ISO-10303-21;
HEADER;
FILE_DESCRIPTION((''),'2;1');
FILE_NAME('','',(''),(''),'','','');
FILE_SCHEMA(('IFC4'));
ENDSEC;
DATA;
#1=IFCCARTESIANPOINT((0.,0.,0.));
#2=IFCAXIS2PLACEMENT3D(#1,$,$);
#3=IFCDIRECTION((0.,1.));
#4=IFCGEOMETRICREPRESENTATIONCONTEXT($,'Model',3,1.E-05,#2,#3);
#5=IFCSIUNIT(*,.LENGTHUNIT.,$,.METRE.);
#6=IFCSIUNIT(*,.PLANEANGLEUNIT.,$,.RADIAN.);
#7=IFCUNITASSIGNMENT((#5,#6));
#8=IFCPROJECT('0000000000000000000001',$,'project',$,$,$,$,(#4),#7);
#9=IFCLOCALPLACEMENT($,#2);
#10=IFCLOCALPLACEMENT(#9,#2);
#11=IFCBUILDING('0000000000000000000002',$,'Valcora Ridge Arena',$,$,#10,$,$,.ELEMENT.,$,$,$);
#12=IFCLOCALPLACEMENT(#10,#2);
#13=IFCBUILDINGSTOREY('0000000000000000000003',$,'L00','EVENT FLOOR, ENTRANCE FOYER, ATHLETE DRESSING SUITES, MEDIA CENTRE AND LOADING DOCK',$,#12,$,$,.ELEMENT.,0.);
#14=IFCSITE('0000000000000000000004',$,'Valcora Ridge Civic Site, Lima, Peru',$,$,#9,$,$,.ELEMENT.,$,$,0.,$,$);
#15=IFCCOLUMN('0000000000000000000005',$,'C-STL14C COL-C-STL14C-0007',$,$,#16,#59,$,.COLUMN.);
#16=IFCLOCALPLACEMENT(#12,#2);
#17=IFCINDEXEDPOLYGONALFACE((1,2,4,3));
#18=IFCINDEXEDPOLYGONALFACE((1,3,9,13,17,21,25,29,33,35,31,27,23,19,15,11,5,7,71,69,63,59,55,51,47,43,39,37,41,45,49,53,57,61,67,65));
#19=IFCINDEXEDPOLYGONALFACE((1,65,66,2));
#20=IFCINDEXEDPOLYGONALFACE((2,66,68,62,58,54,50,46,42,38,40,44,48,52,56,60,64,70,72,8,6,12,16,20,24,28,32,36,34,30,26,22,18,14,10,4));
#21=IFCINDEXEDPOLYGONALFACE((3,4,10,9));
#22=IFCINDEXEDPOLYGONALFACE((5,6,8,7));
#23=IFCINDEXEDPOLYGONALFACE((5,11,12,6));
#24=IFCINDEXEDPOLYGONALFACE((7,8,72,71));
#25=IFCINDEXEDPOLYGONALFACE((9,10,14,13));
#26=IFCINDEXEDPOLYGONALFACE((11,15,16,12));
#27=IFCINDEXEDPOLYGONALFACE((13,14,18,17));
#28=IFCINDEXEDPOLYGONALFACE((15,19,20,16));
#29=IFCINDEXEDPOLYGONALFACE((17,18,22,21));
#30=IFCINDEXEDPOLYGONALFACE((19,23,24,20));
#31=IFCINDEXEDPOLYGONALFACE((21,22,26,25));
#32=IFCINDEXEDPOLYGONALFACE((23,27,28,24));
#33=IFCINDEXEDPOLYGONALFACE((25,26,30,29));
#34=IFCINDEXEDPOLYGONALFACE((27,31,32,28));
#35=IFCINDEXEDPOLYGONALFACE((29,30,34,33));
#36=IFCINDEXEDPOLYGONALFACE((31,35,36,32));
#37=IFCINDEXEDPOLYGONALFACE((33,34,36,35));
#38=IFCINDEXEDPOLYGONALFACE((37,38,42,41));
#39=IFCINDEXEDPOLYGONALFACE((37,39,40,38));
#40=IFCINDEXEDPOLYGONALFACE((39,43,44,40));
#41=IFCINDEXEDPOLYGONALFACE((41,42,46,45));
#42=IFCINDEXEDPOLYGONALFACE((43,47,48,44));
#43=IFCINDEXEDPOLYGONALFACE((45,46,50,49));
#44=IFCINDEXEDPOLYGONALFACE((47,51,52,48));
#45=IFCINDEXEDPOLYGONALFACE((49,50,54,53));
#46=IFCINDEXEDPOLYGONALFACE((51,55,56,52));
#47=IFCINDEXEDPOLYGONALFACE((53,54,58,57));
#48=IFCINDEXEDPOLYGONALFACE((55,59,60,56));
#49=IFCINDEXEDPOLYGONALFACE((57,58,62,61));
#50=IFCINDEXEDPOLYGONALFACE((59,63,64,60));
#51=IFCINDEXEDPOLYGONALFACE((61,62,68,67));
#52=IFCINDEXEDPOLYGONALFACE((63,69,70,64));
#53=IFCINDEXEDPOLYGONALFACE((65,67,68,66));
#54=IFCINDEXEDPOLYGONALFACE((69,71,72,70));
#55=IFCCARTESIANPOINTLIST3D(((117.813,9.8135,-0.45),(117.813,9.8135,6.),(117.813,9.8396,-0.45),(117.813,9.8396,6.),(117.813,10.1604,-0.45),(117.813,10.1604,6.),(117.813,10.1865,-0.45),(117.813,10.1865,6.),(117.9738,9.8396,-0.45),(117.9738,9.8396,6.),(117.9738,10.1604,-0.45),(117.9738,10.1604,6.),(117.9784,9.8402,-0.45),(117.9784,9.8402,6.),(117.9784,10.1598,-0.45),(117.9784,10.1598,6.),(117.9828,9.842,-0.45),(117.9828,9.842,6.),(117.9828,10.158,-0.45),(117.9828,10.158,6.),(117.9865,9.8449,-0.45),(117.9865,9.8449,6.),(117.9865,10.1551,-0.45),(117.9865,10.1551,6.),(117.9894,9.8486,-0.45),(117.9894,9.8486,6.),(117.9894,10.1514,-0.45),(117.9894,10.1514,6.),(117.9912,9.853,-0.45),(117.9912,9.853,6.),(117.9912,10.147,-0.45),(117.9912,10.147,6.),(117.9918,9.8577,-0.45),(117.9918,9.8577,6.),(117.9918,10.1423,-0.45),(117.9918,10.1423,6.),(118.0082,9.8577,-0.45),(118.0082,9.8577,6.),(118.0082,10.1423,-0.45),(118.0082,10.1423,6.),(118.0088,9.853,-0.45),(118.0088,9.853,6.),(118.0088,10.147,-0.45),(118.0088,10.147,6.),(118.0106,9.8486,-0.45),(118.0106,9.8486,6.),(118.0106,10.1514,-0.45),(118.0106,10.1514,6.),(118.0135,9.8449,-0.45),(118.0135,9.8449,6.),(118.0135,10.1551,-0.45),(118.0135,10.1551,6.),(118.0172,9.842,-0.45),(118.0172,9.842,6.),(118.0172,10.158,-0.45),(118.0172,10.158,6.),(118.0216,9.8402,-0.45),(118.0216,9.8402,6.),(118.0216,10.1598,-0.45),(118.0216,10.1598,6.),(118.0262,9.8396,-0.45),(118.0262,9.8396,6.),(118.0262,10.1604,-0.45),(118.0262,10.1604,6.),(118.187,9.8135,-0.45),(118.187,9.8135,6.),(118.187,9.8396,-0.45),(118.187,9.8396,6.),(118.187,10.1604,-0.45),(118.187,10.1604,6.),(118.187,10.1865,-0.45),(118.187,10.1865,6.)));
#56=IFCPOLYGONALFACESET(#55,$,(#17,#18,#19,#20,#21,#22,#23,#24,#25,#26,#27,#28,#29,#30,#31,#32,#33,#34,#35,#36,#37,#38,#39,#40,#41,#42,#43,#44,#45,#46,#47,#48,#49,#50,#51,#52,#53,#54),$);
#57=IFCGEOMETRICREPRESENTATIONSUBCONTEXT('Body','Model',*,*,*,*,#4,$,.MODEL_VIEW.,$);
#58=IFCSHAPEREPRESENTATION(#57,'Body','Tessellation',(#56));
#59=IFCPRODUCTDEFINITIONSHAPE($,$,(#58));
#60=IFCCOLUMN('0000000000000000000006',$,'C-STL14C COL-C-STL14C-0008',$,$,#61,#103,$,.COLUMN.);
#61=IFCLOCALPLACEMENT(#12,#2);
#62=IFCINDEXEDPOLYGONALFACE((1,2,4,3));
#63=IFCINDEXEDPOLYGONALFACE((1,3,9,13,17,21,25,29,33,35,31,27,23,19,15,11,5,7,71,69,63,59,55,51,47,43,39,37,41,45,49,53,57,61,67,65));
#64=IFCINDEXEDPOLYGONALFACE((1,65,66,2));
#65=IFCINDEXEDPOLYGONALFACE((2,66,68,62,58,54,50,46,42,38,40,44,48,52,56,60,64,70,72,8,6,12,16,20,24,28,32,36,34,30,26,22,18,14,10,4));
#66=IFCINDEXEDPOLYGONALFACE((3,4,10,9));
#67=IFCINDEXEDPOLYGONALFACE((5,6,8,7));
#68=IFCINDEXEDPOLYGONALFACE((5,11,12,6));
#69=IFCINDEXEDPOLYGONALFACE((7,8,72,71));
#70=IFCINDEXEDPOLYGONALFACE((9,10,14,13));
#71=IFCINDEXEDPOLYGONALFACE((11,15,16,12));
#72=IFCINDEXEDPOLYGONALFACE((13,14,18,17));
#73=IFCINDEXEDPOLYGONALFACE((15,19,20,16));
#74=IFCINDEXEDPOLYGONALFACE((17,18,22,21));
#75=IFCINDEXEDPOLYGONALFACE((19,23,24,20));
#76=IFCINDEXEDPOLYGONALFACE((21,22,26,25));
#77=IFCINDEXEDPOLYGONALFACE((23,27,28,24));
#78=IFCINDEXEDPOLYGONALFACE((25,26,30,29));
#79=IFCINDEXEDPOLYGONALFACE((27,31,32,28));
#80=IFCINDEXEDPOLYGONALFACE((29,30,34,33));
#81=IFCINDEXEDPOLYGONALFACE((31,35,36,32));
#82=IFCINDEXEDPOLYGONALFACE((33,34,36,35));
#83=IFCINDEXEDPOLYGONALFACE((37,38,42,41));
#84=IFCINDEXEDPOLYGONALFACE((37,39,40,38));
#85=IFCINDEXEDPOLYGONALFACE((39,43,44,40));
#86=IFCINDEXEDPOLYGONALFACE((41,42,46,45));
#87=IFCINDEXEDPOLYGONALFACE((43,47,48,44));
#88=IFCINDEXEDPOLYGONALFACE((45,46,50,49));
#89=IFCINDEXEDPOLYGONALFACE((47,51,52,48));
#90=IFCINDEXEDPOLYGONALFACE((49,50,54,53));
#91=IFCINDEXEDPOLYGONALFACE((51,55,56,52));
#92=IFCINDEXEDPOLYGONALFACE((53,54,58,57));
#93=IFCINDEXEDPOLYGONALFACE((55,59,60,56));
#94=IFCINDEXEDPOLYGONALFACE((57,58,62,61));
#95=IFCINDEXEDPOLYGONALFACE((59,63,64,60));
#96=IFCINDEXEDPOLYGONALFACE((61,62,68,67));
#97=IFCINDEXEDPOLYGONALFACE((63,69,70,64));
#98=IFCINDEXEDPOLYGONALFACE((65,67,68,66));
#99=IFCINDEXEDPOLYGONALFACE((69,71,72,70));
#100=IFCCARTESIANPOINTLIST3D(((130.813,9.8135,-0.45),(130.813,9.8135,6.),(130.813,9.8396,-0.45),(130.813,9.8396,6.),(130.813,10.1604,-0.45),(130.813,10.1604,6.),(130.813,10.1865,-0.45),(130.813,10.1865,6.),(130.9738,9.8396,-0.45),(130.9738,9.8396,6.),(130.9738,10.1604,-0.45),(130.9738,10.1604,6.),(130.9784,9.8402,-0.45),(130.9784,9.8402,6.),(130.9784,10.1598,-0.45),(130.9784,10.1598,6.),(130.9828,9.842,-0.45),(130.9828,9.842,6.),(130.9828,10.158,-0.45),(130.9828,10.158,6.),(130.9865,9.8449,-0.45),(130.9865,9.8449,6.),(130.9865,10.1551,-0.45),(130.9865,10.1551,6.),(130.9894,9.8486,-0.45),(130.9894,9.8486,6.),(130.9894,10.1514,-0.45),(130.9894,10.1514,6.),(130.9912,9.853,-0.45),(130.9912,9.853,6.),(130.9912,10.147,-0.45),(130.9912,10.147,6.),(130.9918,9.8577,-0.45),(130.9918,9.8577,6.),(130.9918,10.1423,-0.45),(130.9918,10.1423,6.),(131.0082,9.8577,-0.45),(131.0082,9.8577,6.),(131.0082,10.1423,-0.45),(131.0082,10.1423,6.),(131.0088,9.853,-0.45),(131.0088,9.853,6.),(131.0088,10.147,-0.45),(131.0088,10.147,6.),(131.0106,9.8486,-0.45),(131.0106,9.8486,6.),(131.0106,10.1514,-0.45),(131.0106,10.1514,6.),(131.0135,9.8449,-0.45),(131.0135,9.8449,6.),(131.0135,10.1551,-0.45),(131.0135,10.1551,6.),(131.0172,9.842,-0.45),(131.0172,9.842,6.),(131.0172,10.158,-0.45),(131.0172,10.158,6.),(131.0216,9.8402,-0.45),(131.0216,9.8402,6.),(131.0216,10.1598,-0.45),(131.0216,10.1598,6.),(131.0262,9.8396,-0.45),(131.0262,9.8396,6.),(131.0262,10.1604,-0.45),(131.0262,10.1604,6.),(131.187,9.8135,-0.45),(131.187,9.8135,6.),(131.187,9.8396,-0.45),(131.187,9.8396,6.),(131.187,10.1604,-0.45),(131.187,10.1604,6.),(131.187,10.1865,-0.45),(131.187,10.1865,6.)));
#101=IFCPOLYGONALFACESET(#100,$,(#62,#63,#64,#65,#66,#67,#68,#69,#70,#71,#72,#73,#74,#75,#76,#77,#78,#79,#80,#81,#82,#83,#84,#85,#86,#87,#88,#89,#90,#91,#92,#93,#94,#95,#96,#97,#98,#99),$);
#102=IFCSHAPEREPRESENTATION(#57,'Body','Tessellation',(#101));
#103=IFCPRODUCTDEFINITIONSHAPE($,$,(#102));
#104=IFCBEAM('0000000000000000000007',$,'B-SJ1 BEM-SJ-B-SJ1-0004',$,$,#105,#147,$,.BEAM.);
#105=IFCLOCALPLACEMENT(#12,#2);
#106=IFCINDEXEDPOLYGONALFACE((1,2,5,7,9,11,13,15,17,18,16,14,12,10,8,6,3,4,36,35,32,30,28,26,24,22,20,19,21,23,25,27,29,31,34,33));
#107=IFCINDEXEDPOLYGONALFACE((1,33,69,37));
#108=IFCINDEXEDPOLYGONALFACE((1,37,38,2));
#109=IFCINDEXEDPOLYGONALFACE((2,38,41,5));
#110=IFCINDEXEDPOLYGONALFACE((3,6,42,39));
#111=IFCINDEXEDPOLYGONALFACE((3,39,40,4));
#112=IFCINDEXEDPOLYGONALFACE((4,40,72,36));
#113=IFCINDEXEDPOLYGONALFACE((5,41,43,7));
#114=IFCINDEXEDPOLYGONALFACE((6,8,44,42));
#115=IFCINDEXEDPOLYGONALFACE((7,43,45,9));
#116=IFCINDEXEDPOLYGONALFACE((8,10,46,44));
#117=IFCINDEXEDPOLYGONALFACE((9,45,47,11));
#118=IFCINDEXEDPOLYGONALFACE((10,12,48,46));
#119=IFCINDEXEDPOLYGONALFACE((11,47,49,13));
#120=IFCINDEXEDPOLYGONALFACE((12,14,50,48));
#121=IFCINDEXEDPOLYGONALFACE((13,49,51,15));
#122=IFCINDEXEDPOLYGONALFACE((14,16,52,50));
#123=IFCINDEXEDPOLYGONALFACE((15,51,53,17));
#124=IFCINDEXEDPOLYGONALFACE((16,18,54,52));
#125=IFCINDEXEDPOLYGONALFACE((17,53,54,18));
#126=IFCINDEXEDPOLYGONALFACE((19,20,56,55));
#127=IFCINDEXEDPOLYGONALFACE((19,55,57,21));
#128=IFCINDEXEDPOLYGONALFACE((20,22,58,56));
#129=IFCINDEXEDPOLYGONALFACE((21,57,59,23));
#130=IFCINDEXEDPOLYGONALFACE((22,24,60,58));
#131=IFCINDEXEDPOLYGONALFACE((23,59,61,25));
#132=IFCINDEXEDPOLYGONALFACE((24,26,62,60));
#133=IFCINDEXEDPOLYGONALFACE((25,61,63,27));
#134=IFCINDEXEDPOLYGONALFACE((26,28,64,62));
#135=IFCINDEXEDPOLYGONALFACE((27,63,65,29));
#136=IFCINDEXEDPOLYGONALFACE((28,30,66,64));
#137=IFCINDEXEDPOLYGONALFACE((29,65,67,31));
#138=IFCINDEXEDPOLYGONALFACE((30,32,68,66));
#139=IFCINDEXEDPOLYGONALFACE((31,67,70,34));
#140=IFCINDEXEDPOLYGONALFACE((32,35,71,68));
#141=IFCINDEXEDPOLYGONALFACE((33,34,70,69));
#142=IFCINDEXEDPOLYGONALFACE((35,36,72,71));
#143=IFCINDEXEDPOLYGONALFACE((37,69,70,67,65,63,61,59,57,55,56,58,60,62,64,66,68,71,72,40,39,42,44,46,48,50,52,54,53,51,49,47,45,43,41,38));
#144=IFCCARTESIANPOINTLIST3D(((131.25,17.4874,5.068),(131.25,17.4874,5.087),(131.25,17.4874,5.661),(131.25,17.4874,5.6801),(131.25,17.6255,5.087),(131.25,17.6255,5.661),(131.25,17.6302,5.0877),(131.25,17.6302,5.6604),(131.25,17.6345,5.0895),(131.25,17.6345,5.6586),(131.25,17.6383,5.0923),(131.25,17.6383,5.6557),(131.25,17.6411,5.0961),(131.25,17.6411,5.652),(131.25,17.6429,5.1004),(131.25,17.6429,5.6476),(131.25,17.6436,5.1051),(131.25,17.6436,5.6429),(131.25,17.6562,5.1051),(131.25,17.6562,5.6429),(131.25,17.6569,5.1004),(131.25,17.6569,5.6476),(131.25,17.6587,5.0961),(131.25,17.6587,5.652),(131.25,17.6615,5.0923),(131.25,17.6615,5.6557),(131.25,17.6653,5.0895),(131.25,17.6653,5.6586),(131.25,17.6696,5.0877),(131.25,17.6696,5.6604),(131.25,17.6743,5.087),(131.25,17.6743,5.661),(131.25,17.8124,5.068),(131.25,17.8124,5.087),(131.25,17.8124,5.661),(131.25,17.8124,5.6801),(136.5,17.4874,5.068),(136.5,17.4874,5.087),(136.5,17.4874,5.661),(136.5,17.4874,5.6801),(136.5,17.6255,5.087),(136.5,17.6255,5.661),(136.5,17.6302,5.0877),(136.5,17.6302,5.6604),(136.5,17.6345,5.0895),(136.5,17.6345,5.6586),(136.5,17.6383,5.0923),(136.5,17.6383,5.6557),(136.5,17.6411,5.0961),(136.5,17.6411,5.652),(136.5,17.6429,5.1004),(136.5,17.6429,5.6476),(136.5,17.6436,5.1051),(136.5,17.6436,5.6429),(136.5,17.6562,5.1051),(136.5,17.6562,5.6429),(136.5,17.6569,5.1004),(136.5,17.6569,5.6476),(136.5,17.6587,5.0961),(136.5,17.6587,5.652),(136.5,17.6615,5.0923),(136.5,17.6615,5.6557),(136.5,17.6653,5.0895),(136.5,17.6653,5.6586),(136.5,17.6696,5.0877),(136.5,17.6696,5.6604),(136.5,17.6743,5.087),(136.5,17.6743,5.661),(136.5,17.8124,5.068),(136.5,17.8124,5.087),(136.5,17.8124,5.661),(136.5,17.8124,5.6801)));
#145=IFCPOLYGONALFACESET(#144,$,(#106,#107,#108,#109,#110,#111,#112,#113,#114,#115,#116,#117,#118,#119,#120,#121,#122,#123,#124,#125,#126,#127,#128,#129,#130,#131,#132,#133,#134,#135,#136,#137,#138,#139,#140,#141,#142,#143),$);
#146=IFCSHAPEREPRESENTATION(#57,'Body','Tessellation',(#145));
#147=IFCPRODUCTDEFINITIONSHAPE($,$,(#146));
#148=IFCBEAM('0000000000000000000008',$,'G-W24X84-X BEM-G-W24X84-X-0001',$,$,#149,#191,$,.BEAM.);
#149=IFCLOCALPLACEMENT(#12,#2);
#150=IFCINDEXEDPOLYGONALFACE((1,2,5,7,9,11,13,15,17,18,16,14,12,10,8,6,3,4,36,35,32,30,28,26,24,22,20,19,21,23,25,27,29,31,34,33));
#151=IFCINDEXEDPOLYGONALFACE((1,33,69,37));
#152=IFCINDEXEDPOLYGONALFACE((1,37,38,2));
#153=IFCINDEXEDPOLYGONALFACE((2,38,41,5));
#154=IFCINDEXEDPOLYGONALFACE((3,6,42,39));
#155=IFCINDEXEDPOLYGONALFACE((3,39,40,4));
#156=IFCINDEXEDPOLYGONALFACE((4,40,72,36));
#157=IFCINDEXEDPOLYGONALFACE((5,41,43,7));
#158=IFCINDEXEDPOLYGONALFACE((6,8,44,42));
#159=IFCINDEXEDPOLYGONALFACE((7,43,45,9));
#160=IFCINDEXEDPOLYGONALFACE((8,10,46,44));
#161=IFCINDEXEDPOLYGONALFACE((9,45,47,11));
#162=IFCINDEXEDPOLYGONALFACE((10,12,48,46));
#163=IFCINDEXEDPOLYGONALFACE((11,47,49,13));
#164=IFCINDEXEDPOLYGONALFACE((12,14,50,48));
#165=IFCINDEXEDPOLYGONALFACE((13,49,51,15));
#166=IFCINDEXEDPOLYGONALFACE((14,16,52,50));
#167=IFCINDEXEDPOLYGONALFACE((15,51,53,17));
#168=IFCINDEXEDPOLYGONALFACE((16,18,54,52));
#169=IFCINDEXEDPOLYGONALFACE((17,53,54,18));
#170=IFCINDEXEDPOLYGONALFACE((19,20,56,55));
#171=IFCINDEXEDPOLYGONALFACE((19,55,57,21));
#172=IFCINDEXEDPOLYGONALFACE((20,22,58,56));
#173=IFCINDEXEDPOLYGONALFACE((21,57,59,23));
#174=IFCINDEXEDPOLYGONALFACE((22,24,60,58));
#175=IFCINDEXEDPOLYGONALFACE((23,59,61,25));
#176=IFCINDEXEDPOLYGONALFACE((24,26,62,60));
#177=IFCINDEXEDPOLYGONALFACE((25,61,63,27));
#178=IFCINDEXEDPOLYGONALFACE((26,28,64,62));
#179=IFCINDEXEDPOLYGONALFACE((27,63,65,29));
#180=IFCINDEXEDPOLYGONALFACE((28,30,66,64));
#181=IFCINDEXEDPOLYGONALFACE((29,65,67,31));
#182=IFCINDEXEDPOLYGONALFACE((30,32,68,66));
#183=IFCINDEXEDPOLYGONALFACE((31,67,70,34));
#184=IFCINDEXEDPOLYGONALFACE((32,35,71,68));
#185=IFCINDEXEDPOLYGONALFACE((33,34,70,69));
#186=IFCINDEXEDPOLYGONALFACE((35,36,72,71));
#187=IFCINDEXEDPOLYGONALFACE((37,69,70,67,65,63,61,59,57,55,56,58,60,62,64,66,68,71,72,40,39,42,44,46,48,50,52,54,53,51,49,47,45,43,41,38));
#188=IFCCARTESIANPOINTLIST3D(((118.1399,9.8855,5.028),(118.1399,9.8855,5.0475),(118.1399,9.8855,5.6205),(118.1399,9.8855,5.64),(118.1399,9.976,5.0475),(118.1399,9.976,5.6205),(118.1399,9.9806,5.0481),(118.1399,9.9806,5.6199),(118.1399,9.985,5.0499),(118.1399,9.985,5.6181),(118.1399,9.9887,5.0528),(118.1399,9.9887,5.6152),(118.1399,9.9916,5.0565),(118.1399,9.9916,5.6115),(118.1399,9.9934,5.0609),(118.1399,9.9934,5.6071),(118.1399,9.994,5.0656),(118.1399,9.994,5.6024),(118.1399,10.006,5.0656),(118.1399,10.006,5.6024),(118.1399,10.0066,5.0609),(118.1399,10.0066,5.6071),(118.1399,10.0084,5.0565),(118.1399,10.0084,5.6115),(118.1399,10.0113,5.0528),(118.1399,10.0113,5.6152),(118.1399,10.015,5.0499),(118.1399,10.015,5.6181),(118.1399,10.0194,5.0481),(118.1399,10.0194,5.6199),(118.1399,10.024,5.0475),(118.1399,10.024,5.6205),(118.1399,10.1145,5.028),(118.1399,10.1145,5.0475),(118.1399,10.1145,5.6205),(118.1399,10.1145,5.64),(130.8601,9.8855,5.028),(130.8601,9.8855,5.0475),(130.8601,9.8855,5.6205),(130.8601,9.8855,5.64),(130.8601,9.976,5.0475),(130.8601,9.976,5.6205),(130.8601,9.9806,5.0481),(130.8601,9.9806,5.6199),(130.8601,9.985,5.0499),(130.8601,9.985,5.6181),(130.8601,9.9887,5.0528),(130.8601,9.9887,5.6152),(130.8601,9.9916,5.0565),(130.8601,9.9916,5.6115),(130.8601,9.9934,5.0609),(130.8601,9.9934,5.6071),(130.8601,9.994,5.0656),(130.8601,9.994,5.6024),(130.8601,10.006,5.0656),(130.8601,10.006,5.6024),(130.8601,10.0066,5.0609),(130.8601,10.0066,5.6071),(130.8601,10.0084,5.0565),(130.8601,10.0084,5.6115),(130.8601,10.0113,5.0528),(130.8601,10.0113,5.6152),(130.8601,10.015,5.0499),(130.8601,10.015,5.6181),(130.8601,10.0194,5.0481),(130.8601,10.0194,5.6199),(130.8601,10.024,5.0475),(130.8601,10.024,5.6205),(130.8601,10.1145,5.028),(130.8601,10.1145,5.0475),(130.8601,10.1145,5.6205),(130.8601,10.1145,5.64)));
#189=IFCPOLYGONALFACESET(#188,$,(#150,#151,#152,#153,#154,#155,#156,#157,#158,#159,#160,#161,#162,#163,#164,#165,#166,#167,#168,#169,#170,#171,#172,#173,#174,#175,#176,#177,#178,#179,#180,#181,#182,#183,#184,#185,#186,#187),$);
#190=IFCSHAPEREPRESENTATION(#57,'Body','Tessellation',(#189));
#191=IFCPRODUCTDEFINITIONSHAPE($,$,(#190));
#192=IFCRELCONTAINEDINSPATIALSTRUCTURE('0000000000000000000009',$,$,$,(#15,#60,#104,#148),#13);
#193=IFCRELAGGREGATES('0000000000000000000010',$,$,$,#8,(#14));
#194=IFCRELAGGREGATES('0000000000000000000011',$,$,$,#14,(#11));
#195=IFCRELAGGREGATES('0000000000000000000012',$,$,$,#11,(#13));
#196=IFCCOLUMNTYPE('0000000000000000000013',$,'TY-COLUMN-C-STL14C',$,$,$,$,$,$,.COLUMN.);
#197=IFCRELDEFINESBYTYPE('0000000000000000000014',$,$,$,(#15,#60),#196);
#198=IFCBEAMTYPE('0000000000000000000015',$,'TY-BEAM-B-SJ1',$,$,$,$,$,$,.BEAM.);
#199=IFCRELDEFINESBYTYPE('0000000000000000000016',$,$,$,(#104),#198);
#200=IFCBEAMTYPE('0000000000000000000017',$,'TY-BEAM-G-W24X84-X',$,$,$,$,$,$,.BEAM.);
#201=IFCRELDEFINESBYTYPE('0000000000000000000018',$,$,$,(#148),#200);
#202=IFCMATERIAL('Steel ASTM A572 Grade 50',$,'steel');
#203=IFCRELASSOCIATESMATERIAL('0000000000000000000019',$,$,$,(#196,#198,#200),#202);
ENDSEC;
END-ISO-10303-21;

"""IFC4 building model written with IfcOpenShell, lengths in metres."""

from ifc_helpers import new_model, si_unit, direction, frame, origin, origin_2d, place, context, subcontext, project, spatial, i_section, extrude, material, material_profile, profile_set, type_object, element, save


model = new_model("IFC4")

# Units and contexts
model_context = context("Model", 3, precision=1e-05, world=origin(), true_north=direction((0.0, 1.0)))
body_context = subcontext(model_context, "Body", "Model", "MODEL_VIEW")
ifc_project = project(units=[si_unit("LENGTHUNIT", "METRE"), si_unit("PLANEANGLEUNIT", "RADIAN")], contexts=[model_context])

# Site, building, storey
site_placement = place(None, origin())
site = spatial("IfcSite", under=ifc_project, at=site_placement, Name="Valcora Ridge Civic Site, Lima, Peru", CompositionType="ELEMENT", RefElevation=0.0)
building_placement = place(site_placement, origin())
building = spatial("IfcBuilding", under=site, at=building_placement, Name="Valcora Ridge Arena", CompositionType="ELEMENT")
storey_placement = place(building_placement, origin())
storey = spatial("IfcBuildingStorey", under=building, at=storey_placement, Name="L00", Description="EVENT FLOOR, ENTRANCE FOYER, ATHLETE DRESSING SUITES, MEDIA CENTRE AND LOADING DOCK", CompositionType="ELEMENT", Elevation=0.0)

# Columns
ifc_material_1 = material(Name="Steel ASTM A572 Grade 50", Category="steel")
ifc_material_profile_1 = material_profile(ifc_material_1, i_section(OverallWidth=0.374, OverallDepth=0.373, WebThickness=0.0164, FlangeThickness=0.0261, FilletRadius=0.0181, at=origin_2d()), Name="W14X132")
ifc_profile_set_1 = profile_set([ifc_material_profile_1], Name="Steel ASTM A572 Grade 50")
column_type = type_object("IfcColumnType", Name="TY-COLUMN-C-STL14C", PredefinedType="COLUMN", material=ifc_profile_set_1)
for number, where, z_axis, x_axis, name in (
    (1, (118.0, 10.0, -0.45), (0.0, 0.0, 1.0), (1.0, 0.0, 0.0), "C-STL14C COL-C-STL14C-0007"),
    (2, (131.0, 10.0, -0.45), (0.0, 0.0, 1.0), (1.0, 0.0, 0.0), "C-STL14C COL-C-STL14C-0008"),
):
    element("IfcColumn", number, at=place(storey_placement, frame(where, z_axis=z_axis, x_axis=x_axis)), inside=storey, type_object=column_type, Name=name, PredefinedType="COLUMN", context=body_context, shape_type="SweptSolid", body=[
        extrude(i_section(OverallWidth=0.374, OverallDepth=0.373, WebThickness=0.0164, FlangeThickness=0.0261, FilletRadius=0.0181, at=origin_2d()), origin(), (0.0, 0.0, 1.0), 6.45),
    ])

# Beams
ifc_material_profile_2 = material_profile(ifc_material_1, i_section(OverallWidth=0.325, OverallDepth=0.6121, WebThickness=0.0127, FlangeThickness=0.019, FilletRadius=0.0181, at=origin_2d()), Name="W24X104")
ifc_profile_set_2 = profile_set([ifc_material_profile_2], Name="Steel ASTM A572 Grade 50")
beam_type_1 = type_object("IfcBeamType", Name="TY-BEAM-B-SJ1", PredefinedType="BEAM", material=ifc_profile_set_2)
beam_1_placement = place(storey_placement, frame((131.25, 17.6499, 5.374), z_axis=(1.0, 0.0, 0.0), x_axis=(0.0, 1.0, 0.0)))
element("IfcBeam", 3, at=beam_1_placement, inside=storey, type_object=beam_type_1, Name="B-SJ1 BEM-SJ-B-SJ1-0004", PredefinedType="BEAM", context=body_context, shape_type="SweptSolid", body=[
    extrude(i_section(OverallWidth=0.325, OverallDepth=0.6121, WebThickness=0.0127, FlangeThickness=0.019, FilletRadius=0.0181, at=origin_2d()), origin(), (0.0, 0.0, 1.0), 5.25),
])
ifc_material_profile_3 = material_profile(ifc_material_1, i_section(OverallWidth=0.229, OverallDepth=0.6121, WebThickness=0.012, FlangeThickness=0.0195, FilletRadius=0.0181, at=origin_2d()), Name="W24X84")
ifc_profile_set_3 = profile_set([ifc_material_profile_3], Name="Steel ASTM A572 Grade 50")
beam_type_2 = type_object("IfcBeamType", Name="TY-BEAM-G-W24X84-X", PredefinedType="BEAM", material=ifc_profile_set_3)
beam_2_placement = place(storey_placement, frame((118.1399, 10.0, 5.334), z_axis=(1.0, 0.0, 0.0), x_axis=(0.0, 1.0, 0.0)))
element("IfcBeam", 4, at=beam_2_placement, inside=storey, type_object=beam_type_2, Name="G-W24X84-X BEM-G-W24X84-X-0001", PredefinedType="BEAM", context=body_context, shape_type="SweptSolid", body=[
    extrude(i_section(OverallWidth=0.229, OverallDepth=0.6121, WebThickness=0.012, FlangeThickness=0.0195, FilletRadius=0.0181, at=origin_2d()), origin(), (0.0, 0.0, 1.0), 12.7202),
])

save(model, "model.ifc")
